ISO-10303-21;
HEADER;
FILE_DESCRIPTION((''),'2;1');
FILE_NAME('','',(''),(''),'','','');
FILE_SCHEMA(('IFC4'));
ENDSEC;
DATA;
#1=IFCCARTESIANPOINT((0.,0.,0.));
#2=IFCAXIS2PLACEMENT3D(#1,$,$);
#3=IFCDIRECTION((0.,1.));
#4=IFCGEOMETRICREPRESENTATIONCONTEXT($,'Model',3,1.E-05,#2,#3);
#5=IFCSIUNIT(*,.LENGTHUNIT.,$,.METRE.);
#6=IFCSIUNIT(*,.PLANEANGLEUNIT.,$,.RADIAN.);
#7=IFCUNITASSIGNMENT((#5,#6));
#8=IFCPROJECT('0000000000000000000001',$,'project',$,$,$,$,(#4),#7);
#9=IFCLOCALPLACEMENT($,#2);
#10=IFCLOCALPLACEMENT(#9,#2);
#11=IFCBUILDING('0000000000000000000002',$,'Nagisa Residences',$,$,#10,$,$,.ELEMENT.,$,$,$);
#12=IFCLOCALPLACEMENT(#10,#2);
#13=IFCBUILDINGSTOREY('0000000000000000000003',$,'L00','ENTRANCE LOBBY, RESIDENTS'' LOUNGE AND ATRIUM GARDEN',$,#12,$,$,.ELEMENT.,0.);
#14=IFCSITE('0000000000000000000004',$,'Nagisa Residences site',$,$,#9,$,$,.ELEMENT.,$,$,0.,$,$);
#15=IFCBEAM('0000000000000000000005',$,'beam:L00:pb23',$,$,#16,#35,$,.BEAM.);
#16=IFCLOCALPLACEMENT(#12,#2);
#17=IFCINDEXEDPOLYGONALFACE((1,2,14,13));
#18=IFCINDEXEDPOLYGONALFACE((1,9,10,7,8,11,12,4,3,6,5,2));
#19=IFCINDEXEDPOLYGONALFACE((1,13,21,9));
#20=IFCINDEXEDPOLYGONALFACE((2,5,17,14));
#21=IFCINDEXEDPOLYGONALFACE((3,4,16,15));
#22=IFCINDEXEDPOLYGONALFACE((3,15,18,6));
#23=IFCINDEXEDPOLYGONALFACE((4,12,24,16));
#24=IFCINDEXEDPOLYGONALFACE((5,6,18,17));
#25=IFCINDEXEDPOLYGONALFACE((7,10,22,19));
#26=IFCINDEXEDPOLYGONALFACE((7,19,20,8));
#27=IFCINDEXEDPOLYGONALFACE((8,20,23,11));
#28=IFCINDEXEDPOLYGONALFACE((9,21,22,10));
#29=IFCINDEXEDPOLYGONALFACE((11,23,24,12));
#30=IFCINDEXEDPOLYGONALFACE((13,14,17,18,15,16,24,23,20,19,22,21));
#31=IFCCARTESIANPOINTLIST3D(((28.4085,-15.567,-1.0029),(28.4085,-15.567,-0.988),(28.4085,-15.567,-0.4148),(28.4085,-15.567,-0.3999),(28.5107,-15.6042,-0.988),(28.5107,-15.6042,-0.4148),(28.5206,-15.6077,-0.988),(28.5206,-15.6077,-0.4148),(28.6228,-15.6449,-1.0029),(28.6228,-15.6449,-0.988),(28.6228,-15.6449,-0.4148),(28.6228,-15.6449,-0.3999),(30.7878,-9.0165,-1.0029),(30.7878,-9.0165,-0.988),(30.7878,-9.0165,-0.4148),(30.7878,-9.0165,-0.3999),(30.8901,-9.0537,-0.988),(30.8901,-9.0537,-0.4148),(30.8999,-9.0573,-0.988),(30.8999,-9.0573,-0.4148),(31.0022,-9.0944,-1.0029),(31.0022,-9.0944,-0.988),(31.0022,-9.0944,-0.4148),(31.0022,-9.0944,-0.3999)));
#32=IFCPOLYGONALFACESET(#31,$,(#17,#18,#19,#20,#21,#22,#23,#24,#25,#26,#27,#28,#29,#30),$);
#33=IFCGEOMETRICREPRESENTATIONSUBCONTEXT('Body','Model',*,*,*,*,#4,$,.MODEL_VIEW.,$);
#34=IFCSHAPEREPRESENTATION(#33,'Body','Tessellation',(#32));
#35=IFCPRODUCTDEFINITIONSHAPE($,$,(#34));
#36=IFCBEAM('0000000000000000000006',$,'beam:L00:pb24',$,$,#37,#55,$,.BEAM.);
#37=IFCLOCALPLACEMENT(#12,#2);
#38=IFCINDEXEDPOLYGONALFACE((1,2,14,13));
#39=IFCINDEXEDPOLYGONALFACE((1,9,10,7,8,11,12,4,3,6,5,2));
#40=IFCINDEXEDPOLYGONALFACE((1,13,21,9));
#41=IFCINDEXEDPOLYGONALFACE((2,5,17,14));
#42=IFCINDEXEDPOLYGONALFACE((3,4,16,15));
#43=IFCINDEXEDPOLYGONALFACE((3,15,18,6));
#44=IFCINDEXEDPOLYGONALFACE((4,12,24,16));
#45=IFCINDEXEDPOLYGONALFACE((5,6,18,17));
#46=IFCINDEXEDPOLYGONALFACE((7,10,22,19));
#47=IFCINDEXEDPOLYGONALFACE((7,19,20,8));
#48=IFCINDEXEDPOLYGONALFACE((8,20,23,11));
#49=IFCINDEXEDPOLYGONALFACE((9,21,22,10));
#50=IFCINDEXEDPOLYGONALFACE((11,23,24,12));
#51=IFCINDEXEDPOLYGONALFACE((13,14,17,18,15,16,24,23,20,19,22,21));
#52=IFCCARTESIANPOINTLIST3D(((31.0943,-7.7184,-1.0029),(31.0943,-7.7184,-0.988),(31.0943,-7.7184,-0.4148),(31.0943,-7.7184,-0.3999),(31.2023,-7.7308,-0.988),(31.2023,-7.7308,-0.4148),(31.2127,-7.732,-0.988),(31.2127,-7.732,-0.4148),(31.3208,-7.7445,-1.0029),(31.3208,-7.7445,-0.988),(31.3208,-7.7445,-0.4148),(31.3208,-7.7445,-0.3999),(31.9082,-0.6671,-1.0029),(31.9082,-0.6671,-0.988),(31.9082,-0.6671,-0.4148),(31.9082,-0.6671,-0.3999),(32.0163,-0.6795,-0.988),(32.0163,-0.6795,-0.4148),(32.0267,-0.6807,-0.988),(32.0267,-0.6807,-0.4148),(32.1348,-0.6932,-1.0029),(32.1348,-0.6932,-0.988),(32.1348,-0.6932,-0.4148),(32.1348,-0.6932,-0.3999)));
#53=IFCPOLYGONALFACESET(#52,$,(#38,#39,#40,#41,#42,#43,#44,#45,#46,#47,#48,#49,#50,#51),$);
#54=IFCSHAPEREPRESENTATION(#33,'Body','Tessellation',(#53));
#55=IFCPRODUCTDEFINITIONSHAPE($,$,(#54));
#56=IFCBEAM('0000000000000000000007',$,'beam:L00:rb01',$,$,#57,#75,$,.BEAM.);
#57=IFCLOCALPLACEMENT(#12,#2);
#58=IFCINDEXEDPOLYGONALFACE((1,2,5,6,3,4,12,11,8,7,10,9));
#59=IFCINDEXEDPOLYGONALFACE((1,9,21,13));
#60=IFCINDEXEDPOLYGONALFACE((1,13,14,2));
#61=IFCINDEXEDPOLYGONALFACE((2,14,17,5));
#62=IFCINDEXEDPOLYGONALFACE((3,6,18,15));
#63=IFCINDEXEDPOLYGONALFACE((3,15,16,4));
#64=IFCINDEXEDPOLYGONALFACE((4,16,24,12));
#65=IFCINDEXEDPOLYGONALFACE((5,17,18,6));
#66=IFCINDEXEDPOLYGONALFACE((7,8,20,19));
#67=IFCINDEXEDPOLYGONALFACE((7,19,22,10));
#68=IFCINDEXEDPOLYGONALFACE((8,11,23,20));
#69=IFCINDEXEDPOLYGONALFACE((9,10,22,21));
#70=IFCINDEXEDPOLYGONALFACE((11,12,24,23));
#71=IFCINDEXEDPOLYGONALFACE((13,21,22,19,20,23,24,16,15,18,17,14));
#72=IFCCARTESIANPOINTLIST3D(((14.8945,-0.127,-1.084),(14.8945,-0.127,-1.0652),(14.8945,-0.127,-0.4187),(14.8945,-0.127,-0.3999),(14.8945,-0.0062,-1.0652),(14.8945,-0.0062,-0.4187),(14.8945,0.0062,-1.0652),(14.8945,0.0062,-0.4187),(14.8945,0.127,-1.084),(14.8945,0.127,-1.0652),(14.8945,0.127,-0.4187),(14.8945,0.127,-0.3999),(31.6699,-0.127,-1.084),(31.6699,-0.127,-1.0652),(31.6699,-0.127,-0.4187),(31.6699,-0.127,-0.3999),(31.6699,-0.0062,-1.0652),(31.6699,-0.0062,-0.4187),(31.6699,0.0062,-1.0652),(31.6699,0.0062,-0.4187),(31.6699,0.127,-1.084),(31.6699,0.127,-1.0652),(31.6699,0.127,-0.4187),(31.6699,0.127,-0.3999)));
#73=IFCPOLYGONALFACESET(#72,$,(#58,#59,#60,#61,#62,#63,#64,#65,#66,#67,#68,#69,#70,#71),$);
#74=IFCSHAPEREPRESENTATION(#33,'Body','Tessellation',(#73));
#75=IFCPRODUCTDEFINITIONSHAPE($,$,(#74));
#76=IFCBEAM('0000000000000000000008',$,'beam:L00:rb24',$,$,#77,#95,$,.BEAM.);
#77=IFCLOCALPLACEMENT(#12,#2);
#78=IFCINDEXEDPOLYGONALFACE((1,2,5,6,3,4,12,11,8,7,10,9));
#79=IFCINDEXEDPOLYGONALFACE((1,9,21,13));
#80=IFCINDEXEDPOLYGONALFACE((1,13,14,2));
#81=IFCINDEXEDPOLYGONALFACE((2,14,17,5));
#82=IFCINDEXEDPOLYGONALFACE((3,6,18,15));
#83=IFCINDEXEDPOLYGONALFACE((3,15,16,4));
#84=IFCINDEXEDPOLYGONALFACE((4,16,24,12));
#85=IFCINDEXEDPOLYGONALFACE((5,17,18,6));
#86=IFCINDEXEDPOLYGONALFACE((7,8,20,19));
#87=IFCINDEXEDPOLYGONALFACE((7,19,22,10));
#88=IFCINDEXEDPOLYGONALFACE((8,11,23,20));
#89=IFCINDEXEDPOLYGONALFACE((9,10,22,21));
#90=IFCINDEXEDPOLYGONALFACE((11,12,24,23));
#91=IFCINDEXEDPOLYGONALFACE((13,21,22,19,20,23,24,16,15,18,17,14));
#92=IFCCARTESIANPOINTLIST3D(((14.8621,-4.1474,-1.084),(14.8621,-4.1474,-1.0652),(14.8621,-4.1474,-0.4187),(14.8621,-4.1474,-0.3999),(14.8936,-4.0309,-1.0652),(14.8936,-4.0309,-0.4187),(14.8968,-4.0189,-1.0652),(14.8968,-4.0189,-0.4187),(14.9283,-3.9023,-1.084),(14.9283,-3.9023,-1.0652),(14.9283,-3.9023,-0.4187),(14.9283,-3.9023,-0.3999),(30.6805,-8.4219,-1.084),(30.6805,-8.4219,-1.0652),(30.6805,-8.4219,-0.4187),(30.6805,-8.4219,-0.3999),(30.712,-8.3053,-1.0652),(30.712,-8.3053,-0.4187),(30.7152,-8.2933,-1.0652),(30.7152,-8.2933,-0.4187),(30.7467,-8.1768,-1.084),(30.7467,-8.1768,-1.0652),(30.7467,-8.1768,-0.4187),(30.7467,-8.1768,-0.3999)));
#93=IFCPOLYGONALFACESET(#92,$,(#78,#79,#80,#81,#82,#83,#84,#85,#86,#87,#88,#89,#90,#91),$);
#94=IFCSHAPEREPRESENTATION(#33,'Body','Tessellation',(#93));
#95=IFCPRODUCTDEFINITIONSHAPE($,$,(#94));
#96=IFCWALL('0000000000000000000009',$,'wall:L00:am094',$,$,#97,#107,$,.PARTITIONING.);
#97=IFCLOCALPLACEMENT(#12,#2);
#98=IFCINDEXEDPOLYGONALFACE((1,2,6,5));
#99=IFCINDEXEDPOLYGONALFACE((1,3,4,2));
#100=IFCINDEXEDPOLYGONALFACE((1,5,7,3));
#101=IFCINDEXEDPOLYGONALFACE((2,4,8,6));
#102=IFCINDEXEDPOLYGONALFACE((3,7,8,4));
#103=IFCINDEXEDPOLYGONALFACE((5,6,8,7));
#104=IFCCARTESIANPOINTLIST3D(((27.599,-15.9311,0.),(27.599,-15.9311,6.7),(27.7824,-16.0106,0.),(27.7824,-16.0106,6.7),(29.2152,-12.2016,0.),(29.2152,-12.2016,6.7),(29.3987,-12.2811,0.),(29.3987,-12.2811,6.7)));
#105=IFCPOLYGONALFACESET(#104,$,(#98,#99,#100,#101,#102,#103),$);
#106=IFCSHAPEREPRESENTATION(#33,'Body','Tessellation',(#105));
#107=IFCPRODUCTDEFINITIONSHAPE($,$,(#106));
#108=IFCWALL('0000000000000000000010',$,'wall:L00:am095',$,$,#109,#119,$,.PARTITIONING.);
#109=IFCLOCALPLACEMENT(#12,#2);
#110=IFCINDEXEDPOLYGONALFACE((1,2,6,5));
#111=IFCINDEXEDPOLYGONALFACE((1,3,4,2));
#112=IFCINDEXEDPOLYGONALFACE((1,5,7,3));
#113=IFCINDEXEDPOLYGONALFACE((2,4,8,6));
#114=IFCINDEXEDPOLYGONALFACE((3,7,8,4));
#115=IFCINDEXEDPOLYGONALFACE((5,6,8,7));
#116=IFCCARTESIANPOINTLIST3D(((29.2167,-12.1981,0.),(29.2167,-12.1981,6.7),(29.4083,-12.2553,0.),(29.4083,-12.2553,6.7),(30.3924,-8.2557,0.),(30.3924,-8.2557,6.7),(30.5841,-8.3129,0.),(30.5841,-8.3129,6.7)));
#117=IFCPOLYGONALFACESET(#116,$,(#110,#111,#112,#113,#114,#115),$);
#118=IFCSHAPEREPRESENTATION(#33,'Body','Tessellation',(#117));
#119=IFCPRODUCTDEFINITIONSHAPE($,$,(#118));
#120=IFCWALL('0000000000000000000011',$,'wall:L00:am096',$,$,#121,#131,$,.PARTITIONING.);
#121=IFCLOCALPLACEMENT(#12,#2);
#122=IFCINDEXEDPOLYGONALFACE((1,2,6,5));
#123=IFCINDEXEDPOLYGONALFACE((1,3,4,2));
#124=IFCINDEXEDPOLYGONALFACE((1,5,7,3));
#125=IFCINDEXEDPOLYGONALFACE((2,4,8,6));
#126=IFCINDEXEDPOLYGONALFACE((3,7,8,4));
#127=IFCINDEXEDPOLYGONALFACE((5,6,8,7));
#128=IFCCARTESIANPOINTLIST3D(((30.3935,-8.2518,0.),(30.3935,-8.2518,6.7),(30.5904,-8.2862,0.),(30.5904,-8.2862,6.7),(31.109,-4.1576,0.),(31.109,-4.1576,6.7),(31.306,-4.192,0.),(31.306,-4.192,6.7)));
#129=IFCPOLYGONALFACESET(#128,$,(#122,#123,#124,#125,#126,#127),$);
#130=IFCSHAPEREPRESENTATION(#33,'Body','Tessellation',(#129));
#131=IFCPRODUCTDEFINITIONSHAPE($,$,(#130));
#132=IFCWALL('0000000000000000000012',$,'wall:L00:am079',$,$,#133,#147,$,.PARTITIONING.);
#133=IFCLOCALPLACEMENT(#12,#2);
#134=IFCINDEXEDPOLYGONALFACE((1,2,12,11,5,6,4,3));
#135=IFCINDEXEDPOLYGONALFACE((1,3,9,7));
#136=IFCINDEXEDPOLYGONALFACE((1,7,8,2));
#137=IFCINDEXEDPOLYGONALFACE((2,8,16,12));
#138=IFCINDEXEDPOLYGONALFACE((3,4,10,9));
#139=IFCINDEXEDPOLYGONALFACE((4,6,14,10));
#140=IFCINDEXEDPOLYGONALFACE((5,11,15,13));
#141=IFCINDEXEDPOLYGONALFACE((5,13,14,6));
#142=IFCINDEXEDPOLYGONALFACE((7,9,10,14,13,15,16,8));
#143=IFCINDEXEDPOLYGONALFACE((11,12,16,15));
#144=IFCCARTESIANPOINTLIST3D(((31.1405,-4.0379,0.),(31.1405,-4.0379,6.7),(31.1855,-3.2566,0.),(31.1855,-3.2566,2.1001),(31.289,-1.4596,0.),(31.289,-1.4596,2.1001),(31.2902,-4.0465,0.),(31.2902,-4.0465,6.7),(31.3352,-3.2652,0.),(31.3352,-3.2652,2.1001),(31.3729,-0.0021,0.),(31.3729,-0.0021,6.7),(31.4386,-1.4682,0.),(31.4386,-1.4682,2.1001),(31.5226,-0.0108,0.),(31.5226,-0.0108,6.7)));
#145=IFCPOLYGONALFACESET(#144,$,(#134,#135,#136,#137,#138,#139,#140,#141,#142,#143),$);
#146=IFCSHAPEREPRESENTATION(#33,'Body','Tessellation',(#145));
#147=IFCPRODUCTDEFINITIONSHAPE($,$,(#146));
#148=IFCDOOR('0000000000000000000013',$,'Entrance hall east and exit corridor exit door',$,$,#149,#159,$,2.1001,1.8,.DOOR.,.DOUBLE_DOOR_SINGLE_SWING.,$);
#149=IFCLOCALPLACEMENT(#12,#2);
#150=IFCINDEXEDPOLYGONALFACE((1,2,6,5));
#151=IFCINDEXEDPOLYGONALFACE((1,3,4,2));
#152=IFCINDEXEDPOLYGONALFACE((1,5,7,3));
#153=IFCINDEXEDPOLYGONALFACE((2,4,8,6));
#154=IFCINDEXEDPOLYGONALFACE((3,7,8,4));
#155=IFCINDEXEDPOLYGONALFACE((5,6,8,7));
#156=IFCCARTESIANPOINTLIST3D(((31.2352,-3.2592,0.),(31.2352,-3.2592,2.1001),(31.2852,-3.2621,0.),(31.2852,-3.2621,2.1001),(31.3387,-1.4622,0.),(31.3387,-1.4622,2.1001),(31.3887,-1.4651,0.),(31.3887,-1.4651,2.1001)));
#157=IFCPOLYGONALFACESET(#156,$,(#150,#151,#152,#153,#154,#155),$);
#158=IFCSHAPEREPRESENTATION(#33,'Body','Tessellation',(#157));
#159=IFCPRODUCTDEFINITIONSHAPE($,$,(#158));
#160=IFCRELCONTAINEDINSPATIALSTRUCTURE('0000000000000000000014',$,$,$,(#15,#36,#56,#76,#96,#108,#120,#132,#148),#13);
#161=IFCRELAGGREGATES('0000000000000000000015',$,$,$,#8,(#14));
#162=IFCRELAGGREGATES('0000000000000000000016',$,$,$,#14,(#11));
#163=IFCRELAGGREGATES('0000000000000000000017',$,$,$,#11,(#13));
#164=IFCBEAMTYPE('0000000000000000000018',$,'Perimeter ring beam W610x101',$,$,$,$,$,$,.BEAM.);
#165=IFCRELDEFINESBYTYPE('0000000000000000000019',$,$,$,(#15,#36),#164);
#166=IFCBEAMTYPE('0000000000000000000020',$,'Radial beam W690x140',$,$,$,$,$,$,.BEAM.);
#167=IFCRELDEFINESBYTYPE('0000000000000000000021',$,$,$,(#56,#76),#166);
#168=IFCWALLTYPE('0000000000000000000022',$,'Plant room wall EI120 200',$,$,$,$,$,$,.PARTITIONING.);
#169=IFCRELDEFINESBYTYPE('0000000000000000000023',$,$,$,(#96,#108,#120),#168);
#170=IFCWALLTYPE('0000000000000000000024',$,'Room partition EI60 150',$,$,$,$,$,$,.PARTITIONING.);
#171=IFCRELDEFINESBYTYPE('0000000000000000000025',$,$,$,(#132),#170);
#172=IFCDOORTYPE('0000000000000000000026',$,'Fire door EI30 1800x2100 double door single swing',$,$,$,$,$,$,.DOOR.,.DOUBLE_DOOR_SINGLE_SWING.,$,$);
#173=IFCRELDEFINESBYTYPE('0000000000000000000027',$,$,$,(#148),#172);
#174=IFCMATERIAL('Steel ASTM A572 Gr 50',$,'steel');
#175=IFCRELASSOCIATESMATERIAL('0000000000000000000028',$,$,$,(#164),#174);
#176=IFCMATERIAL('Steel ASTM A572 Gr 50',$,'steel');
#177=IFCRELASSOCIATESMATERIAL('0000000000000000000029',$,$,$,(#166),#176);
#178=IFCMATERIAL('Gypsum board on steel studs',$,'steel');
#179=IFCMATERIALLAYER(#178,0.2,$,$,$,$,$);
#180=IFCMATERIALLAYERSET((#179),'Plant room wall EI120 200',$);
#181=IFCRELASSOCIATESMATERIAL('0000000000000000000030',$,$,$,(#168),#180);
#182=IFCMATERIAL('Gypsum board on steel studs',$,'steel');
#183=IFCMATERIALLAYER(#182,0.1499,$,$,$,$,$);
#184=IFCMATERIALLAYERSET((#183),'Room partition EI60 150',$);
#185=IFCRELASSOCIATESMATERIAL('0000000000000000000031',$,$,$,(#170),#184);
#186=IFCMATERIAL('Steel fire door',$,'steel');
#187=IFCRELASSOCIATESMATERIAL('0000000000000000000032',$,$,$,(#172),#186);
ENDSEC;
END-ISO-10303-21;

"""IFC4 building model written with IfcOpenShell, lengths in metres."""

from ifc_helpers import new_model, si_unit, direction, frame, frame_2d, origin, origin_2d, place, context, subcontext, project, spatial, rectangle, i_section, extrude, material, layer, layer_set, material_profile, profile_set, type_object, element, fill, save


model = new_model("IFC4")

# Units and contexts
model_context = context("Model", 3, precision=1e-05, world=origin(), true_north=direction((0.0, 1.0)))
body_context = subcontext(model_context, "Body", "Model", "MODEL_VIEW")
ifc_project = project(units=[si_unit("LENGTHUNIT", "METRE"), si_unit("PLANEANGLEUNIT", "RADIAN")], contexts=[model_context])

# Site, building, storey
site_placement = place(None, origin())
site = spatial("IfcSite", under=ifc_project, at=site_placement, Name="Nagisa Residences site", CompositionType="ELEMENT", RefElevation=0.0)
building_placement = place(site_placement, origin())
building = spatial("IfcBuilding", under=site, at=building_placement, Name="Nagisa Residences", CompositionType="ELEMENT")
storey_placement = place(building_placement, origin())
storey = spatial("IfcBuildingStorey", under=building, at=storey_placement, Name="L00", Description="ENTRANCE LOBBY, RESIDENTS' LOUNGE AND ATRIUM GARDEN", CompositionType="ELEMENT", Elevation=0.0)

# Beams
ifc_material_1 = material(Name="Steel ASTM A572 Gr 50", Category="steel")
ifc_material_profile_1 = material_profile(ifc_material_1, i_section(OverallWidth=0.228, OverallDepth=0.603, WebThickness=0.0105, FlangeThickness=0.0149, at=origin_2d()), Name="W610x101")
ifc_profile_set_1 = profile_set([ifc_material_profile_1], Name="Steel ASTM A572 Gr 50")
beam_type_1 = type_object("IfcBeamType", Name="Perimeter ring beam W610x101", PredefinedType="BEAM", material=ifc_profile_set_1)
beam_1_placement = place(storey_placement, frame((28.5156, -15.606, -0.7014), z_axis=(0.341411, 0.939914, 0.0), x_axis=(-0.939914, 0.341411, 0.0)))
element("IfcBeam", 1, at=beam_1_placement, inside=storey, type_object=beam_type_1, Name="beam:L00:pb23", PredefinedType="BEAM", context=body_context, shape_type="SweptSolid", body=[
    extrude(i_section(OverallWidth=0.228, OverallDepth=0.603, WebThickness=0.0105, FlangeThickness=0.0149, at=origin_2d()), origin(), (0.0, 0.0, 1.0), 6.9692),
])
beam_2_placement = place(storey_placement, frame((31.2075, -7.7314, -0.7014), z_axis=(0.114674, 0.993403, 0.0), x_axis=(-0.993403, 0.114674, 0.0)))
element("IfcBeam", 2, at=beam_2_placement, inside=storey, type_object=beam_type_1, Name="beam:L00:pb24", PredefinedType="BEAM", context=body_context, shape_type="SweptSolid", body=[
    extrude(i_section(OverallWidth=0.228, OverallDepth=0.603, WebThickness=0.0105, FlangeThickness=0.0149, at=origin_2d()), origin(), (0.0, 0.0, 1.0), 7.0981),
])
ifc_material_2 = material(Name="Steel ASTM A572 Gr 50", Category="steel")
ifc_material_profile_2 = material_profile(ifc_material_2, i_section(OverallWidth=0.2539, OverallDepth=0.6841, WebThickness=0.0125, FlangeThickness=0.0188, at=origin_2d()), Name="W690x140")
ifc_profile_set_2 = profile_set([ifc_material_profile_2], Name="Steel ASTM A572 Gr 50")
beam_type_2 = type_object("IfcBeamType", Name="Radial beam W690x140", PredefinedType="BEAM", material=ifc_profile_set_2)
beam_3_placement = place(storey_placement, frame((31.6699, 0.0, -0.7419), z_axis=(-1.0, 0.0, 0.0), x_axis=(0.0, -1.0, 0.0)))
element("IfcBeam", 3, at=beam_3_placement, inside=storey, type_object=beam_type_2, Name="beam:L00:rb01", PredefinedType="BEAM", context=body_context, shape_type="SweptSolid", body=[
    extrude(i_section(OverallWidth=0.2539, OverallDepth=0.6841, WebThickness=0.0125, FlangeThickness=0.0188, at=origin_2d()), origin(), (0.0, 0.0, 1.0), 16.7754),
])
beam_4_placement = place(storey_placement, frame((30.7136, -8.2993, -0.7419), z_axis=(-0.965376, 0.260862, 0.0), x_axis=(-0.260862, -0.965376, 0.0)))
element("IfcBeam", 4, at=beam_4_placement, inside=storey, type_object=beam_type_2, Name="beam:L00:rb24", PredefinedType="BEAM", context=body_context, shape_type="SweptSolid", body=[
    extrude(i_section(OverallWidth=0.2539, OverallDepth=0.6841, WebThickness=0.0125, FlangeThickness=0.0188, at=origin_2d()), origin(), (0.0, 0.0, 1.0), 16.3857),
])

# Walls
ifc_material_3 = material(Name="Gypsum board on steel studs", Category="steel")
ifc_layer_1 = layer(ifc_material_3, 0.2)
ifc_layer_set_1 = layer_set([ifc_layer_1], Name="Plant room wall EI120 200")
wall_type_1 = type_object("IfcWallType", Name="Plant room wall EI120 200", PredefinedType="PARTITIONING", material=ifc_layer_set_1)
wall_1_placement = place(storey_placement, frame((29.3069, -12.2415, 0.0), z_axis=(0.0, 0.0, 1.0), x_axis=(-0.397628, -0.917547, 0.0)))
element("IfcWall", 5, at=wall_1_placement, inside=storey, type_object=wall_type_1, Name="wall:L00:am094", PredefinedType="PARTITIONING", context=body_context, shape_type="SweptSolid", body=[
    extrude(rectangle(XDim=4.0647, YDim=0.2, at=frame_2d((2.0322, 0.0))), origin(), (0.0, 0.0, 1.0), 6.7),
])
wall_2_placement = place(storey_placement, frame((30.4883, -8.2842, 0.0), z_axis=(0.0, 0.0, 1.0), x_axis=(-0.285801, -0.958289, 0.0)))
element("IfcWall", 6, at=wall_2_placement, inside=storey, type_object=wall_type_1, Name="wall:L00:am095", PredefinedType="PARTITIONING", context=body_context, shape_type="SweptSolid", body=[
    extrude(rectangle(XDim=4.114, YDim=0.2, at=frame_2d((2.0571, 0.0))), origin(), (0.0, 0.0, 1.0), 6.7),
])
wall_3_placement = place(storey_placement, frame((31.2075, -4.1748, 0.0), z_axis=(0.0, 0.0, 1.0), x_axis=(-0.172167, -0.985068, 0.0)))
element("IfcWall", 7, at=wall_3_placement, inside=storey, type_object=wall_type_1, Name="wall:L00:am096", PredefinedType="PARTITIONING", context=body_context, shape_type="SweptSolid", body=[
    extrude(rectangle(XDim=4.1562, YDim=0.2, at=frame_2d((2.0781, 0.0))), origin(), (0.0, 0.0, 1.0), 6.7),
])

# Wall, opening, door
ifc_material_4 = material(Name="Gypsum board on steel studs", Category="steel")
ifc_layer_2 = layer(ifc_material_4, 0.1499)
ifc_layer_set_2 = layer_set([ifc_layer_2], Name="Room partition EI60 150")
wall_type_2 = type_object("IfcWallType", Name="Room partition EI60 150", PredefinedType="PARTITIONING", material=ifc_layer_set_2)
wall_4_placement = place(storey_placement, frame((31.2153, -4.0422, 0.0), z_axis=(0.0, 0.0, 1.0), x_axis=(0.057494, 0.998346, 0.0)))
wall_4 = element("IfcWall", 8, at=wall_4_placement, inside=storey, type_object=wall_type_2, Name="wall:L00:am079", PredefinedType="PARTITIONING", context=body_context, shape_type="SweptSolid", body=[
    extrude(rectangle(XDim=4.0425, YDim=0.1499, at=frame_2d((2.0212, 0.0))), origin(), (0.0, 0.0, 1.0), 6.7),
])
opening_placement = place(wall_4_placement, frame((0.7827, 0.0, 0.0)))
opening = element("IfcOpeningElement", 9, at=opening_placement, cuts=wall_4, PredefinedType="OPENING", context=body_context, shape_type="SweptSolid", body=[
    extrude(rectangle(XDim=1.8, YDim=2.1001, at=frame_2d((0.8999, 1.05))), frame((0.0, 0.085, 0.0), z_axis=(0.0, -1.0, 0.0), x_axis=(1.0, 0.0, 0.0)), (0.0, 0.0, 1.0), 0.1699),
])
ifc_material_5 = material(Name="Steel fire door", Category="steel")
door_type = type_object("IfcDoorType", Name="Fire door EI30 1800x2100 double door single swing", OperationType="DOUBLE_DOOR_SINGLE_SWING", PredefinedType="DOOR", material=ifc_material_5)
door_placement = place(opening_placement, frame((1.8, 0.0, 0.0), x_axis=(-1.0, 0.0, 0.0)))
door = element("IfcDoor", 10, at=door_placement, inside=storey, type_object=door_type, Name="Entrance hall east and exit corridor exit door", OperationType="DOUBLE_DOOR_SINGLE_SWING", OverallHeight=2.1001, OverallWidth=1.8, PredefinedType="DOOR", context=body_context, shape_type="SweptSolid", body=[
    extrude(rectangle(XDim=1.8, YDim=2.1001, at=frame_2d((0.8999, 1.05))), frame((0.0, 0.0249, 0.0), z_axis=(0.0, -1.0, 0.0), x_axis=(1.0, 0.0, 0.0)), (0.0, 0.0, 1.0), 0.05),
])
fill(opening, door)

save(model, "model.ifc")
